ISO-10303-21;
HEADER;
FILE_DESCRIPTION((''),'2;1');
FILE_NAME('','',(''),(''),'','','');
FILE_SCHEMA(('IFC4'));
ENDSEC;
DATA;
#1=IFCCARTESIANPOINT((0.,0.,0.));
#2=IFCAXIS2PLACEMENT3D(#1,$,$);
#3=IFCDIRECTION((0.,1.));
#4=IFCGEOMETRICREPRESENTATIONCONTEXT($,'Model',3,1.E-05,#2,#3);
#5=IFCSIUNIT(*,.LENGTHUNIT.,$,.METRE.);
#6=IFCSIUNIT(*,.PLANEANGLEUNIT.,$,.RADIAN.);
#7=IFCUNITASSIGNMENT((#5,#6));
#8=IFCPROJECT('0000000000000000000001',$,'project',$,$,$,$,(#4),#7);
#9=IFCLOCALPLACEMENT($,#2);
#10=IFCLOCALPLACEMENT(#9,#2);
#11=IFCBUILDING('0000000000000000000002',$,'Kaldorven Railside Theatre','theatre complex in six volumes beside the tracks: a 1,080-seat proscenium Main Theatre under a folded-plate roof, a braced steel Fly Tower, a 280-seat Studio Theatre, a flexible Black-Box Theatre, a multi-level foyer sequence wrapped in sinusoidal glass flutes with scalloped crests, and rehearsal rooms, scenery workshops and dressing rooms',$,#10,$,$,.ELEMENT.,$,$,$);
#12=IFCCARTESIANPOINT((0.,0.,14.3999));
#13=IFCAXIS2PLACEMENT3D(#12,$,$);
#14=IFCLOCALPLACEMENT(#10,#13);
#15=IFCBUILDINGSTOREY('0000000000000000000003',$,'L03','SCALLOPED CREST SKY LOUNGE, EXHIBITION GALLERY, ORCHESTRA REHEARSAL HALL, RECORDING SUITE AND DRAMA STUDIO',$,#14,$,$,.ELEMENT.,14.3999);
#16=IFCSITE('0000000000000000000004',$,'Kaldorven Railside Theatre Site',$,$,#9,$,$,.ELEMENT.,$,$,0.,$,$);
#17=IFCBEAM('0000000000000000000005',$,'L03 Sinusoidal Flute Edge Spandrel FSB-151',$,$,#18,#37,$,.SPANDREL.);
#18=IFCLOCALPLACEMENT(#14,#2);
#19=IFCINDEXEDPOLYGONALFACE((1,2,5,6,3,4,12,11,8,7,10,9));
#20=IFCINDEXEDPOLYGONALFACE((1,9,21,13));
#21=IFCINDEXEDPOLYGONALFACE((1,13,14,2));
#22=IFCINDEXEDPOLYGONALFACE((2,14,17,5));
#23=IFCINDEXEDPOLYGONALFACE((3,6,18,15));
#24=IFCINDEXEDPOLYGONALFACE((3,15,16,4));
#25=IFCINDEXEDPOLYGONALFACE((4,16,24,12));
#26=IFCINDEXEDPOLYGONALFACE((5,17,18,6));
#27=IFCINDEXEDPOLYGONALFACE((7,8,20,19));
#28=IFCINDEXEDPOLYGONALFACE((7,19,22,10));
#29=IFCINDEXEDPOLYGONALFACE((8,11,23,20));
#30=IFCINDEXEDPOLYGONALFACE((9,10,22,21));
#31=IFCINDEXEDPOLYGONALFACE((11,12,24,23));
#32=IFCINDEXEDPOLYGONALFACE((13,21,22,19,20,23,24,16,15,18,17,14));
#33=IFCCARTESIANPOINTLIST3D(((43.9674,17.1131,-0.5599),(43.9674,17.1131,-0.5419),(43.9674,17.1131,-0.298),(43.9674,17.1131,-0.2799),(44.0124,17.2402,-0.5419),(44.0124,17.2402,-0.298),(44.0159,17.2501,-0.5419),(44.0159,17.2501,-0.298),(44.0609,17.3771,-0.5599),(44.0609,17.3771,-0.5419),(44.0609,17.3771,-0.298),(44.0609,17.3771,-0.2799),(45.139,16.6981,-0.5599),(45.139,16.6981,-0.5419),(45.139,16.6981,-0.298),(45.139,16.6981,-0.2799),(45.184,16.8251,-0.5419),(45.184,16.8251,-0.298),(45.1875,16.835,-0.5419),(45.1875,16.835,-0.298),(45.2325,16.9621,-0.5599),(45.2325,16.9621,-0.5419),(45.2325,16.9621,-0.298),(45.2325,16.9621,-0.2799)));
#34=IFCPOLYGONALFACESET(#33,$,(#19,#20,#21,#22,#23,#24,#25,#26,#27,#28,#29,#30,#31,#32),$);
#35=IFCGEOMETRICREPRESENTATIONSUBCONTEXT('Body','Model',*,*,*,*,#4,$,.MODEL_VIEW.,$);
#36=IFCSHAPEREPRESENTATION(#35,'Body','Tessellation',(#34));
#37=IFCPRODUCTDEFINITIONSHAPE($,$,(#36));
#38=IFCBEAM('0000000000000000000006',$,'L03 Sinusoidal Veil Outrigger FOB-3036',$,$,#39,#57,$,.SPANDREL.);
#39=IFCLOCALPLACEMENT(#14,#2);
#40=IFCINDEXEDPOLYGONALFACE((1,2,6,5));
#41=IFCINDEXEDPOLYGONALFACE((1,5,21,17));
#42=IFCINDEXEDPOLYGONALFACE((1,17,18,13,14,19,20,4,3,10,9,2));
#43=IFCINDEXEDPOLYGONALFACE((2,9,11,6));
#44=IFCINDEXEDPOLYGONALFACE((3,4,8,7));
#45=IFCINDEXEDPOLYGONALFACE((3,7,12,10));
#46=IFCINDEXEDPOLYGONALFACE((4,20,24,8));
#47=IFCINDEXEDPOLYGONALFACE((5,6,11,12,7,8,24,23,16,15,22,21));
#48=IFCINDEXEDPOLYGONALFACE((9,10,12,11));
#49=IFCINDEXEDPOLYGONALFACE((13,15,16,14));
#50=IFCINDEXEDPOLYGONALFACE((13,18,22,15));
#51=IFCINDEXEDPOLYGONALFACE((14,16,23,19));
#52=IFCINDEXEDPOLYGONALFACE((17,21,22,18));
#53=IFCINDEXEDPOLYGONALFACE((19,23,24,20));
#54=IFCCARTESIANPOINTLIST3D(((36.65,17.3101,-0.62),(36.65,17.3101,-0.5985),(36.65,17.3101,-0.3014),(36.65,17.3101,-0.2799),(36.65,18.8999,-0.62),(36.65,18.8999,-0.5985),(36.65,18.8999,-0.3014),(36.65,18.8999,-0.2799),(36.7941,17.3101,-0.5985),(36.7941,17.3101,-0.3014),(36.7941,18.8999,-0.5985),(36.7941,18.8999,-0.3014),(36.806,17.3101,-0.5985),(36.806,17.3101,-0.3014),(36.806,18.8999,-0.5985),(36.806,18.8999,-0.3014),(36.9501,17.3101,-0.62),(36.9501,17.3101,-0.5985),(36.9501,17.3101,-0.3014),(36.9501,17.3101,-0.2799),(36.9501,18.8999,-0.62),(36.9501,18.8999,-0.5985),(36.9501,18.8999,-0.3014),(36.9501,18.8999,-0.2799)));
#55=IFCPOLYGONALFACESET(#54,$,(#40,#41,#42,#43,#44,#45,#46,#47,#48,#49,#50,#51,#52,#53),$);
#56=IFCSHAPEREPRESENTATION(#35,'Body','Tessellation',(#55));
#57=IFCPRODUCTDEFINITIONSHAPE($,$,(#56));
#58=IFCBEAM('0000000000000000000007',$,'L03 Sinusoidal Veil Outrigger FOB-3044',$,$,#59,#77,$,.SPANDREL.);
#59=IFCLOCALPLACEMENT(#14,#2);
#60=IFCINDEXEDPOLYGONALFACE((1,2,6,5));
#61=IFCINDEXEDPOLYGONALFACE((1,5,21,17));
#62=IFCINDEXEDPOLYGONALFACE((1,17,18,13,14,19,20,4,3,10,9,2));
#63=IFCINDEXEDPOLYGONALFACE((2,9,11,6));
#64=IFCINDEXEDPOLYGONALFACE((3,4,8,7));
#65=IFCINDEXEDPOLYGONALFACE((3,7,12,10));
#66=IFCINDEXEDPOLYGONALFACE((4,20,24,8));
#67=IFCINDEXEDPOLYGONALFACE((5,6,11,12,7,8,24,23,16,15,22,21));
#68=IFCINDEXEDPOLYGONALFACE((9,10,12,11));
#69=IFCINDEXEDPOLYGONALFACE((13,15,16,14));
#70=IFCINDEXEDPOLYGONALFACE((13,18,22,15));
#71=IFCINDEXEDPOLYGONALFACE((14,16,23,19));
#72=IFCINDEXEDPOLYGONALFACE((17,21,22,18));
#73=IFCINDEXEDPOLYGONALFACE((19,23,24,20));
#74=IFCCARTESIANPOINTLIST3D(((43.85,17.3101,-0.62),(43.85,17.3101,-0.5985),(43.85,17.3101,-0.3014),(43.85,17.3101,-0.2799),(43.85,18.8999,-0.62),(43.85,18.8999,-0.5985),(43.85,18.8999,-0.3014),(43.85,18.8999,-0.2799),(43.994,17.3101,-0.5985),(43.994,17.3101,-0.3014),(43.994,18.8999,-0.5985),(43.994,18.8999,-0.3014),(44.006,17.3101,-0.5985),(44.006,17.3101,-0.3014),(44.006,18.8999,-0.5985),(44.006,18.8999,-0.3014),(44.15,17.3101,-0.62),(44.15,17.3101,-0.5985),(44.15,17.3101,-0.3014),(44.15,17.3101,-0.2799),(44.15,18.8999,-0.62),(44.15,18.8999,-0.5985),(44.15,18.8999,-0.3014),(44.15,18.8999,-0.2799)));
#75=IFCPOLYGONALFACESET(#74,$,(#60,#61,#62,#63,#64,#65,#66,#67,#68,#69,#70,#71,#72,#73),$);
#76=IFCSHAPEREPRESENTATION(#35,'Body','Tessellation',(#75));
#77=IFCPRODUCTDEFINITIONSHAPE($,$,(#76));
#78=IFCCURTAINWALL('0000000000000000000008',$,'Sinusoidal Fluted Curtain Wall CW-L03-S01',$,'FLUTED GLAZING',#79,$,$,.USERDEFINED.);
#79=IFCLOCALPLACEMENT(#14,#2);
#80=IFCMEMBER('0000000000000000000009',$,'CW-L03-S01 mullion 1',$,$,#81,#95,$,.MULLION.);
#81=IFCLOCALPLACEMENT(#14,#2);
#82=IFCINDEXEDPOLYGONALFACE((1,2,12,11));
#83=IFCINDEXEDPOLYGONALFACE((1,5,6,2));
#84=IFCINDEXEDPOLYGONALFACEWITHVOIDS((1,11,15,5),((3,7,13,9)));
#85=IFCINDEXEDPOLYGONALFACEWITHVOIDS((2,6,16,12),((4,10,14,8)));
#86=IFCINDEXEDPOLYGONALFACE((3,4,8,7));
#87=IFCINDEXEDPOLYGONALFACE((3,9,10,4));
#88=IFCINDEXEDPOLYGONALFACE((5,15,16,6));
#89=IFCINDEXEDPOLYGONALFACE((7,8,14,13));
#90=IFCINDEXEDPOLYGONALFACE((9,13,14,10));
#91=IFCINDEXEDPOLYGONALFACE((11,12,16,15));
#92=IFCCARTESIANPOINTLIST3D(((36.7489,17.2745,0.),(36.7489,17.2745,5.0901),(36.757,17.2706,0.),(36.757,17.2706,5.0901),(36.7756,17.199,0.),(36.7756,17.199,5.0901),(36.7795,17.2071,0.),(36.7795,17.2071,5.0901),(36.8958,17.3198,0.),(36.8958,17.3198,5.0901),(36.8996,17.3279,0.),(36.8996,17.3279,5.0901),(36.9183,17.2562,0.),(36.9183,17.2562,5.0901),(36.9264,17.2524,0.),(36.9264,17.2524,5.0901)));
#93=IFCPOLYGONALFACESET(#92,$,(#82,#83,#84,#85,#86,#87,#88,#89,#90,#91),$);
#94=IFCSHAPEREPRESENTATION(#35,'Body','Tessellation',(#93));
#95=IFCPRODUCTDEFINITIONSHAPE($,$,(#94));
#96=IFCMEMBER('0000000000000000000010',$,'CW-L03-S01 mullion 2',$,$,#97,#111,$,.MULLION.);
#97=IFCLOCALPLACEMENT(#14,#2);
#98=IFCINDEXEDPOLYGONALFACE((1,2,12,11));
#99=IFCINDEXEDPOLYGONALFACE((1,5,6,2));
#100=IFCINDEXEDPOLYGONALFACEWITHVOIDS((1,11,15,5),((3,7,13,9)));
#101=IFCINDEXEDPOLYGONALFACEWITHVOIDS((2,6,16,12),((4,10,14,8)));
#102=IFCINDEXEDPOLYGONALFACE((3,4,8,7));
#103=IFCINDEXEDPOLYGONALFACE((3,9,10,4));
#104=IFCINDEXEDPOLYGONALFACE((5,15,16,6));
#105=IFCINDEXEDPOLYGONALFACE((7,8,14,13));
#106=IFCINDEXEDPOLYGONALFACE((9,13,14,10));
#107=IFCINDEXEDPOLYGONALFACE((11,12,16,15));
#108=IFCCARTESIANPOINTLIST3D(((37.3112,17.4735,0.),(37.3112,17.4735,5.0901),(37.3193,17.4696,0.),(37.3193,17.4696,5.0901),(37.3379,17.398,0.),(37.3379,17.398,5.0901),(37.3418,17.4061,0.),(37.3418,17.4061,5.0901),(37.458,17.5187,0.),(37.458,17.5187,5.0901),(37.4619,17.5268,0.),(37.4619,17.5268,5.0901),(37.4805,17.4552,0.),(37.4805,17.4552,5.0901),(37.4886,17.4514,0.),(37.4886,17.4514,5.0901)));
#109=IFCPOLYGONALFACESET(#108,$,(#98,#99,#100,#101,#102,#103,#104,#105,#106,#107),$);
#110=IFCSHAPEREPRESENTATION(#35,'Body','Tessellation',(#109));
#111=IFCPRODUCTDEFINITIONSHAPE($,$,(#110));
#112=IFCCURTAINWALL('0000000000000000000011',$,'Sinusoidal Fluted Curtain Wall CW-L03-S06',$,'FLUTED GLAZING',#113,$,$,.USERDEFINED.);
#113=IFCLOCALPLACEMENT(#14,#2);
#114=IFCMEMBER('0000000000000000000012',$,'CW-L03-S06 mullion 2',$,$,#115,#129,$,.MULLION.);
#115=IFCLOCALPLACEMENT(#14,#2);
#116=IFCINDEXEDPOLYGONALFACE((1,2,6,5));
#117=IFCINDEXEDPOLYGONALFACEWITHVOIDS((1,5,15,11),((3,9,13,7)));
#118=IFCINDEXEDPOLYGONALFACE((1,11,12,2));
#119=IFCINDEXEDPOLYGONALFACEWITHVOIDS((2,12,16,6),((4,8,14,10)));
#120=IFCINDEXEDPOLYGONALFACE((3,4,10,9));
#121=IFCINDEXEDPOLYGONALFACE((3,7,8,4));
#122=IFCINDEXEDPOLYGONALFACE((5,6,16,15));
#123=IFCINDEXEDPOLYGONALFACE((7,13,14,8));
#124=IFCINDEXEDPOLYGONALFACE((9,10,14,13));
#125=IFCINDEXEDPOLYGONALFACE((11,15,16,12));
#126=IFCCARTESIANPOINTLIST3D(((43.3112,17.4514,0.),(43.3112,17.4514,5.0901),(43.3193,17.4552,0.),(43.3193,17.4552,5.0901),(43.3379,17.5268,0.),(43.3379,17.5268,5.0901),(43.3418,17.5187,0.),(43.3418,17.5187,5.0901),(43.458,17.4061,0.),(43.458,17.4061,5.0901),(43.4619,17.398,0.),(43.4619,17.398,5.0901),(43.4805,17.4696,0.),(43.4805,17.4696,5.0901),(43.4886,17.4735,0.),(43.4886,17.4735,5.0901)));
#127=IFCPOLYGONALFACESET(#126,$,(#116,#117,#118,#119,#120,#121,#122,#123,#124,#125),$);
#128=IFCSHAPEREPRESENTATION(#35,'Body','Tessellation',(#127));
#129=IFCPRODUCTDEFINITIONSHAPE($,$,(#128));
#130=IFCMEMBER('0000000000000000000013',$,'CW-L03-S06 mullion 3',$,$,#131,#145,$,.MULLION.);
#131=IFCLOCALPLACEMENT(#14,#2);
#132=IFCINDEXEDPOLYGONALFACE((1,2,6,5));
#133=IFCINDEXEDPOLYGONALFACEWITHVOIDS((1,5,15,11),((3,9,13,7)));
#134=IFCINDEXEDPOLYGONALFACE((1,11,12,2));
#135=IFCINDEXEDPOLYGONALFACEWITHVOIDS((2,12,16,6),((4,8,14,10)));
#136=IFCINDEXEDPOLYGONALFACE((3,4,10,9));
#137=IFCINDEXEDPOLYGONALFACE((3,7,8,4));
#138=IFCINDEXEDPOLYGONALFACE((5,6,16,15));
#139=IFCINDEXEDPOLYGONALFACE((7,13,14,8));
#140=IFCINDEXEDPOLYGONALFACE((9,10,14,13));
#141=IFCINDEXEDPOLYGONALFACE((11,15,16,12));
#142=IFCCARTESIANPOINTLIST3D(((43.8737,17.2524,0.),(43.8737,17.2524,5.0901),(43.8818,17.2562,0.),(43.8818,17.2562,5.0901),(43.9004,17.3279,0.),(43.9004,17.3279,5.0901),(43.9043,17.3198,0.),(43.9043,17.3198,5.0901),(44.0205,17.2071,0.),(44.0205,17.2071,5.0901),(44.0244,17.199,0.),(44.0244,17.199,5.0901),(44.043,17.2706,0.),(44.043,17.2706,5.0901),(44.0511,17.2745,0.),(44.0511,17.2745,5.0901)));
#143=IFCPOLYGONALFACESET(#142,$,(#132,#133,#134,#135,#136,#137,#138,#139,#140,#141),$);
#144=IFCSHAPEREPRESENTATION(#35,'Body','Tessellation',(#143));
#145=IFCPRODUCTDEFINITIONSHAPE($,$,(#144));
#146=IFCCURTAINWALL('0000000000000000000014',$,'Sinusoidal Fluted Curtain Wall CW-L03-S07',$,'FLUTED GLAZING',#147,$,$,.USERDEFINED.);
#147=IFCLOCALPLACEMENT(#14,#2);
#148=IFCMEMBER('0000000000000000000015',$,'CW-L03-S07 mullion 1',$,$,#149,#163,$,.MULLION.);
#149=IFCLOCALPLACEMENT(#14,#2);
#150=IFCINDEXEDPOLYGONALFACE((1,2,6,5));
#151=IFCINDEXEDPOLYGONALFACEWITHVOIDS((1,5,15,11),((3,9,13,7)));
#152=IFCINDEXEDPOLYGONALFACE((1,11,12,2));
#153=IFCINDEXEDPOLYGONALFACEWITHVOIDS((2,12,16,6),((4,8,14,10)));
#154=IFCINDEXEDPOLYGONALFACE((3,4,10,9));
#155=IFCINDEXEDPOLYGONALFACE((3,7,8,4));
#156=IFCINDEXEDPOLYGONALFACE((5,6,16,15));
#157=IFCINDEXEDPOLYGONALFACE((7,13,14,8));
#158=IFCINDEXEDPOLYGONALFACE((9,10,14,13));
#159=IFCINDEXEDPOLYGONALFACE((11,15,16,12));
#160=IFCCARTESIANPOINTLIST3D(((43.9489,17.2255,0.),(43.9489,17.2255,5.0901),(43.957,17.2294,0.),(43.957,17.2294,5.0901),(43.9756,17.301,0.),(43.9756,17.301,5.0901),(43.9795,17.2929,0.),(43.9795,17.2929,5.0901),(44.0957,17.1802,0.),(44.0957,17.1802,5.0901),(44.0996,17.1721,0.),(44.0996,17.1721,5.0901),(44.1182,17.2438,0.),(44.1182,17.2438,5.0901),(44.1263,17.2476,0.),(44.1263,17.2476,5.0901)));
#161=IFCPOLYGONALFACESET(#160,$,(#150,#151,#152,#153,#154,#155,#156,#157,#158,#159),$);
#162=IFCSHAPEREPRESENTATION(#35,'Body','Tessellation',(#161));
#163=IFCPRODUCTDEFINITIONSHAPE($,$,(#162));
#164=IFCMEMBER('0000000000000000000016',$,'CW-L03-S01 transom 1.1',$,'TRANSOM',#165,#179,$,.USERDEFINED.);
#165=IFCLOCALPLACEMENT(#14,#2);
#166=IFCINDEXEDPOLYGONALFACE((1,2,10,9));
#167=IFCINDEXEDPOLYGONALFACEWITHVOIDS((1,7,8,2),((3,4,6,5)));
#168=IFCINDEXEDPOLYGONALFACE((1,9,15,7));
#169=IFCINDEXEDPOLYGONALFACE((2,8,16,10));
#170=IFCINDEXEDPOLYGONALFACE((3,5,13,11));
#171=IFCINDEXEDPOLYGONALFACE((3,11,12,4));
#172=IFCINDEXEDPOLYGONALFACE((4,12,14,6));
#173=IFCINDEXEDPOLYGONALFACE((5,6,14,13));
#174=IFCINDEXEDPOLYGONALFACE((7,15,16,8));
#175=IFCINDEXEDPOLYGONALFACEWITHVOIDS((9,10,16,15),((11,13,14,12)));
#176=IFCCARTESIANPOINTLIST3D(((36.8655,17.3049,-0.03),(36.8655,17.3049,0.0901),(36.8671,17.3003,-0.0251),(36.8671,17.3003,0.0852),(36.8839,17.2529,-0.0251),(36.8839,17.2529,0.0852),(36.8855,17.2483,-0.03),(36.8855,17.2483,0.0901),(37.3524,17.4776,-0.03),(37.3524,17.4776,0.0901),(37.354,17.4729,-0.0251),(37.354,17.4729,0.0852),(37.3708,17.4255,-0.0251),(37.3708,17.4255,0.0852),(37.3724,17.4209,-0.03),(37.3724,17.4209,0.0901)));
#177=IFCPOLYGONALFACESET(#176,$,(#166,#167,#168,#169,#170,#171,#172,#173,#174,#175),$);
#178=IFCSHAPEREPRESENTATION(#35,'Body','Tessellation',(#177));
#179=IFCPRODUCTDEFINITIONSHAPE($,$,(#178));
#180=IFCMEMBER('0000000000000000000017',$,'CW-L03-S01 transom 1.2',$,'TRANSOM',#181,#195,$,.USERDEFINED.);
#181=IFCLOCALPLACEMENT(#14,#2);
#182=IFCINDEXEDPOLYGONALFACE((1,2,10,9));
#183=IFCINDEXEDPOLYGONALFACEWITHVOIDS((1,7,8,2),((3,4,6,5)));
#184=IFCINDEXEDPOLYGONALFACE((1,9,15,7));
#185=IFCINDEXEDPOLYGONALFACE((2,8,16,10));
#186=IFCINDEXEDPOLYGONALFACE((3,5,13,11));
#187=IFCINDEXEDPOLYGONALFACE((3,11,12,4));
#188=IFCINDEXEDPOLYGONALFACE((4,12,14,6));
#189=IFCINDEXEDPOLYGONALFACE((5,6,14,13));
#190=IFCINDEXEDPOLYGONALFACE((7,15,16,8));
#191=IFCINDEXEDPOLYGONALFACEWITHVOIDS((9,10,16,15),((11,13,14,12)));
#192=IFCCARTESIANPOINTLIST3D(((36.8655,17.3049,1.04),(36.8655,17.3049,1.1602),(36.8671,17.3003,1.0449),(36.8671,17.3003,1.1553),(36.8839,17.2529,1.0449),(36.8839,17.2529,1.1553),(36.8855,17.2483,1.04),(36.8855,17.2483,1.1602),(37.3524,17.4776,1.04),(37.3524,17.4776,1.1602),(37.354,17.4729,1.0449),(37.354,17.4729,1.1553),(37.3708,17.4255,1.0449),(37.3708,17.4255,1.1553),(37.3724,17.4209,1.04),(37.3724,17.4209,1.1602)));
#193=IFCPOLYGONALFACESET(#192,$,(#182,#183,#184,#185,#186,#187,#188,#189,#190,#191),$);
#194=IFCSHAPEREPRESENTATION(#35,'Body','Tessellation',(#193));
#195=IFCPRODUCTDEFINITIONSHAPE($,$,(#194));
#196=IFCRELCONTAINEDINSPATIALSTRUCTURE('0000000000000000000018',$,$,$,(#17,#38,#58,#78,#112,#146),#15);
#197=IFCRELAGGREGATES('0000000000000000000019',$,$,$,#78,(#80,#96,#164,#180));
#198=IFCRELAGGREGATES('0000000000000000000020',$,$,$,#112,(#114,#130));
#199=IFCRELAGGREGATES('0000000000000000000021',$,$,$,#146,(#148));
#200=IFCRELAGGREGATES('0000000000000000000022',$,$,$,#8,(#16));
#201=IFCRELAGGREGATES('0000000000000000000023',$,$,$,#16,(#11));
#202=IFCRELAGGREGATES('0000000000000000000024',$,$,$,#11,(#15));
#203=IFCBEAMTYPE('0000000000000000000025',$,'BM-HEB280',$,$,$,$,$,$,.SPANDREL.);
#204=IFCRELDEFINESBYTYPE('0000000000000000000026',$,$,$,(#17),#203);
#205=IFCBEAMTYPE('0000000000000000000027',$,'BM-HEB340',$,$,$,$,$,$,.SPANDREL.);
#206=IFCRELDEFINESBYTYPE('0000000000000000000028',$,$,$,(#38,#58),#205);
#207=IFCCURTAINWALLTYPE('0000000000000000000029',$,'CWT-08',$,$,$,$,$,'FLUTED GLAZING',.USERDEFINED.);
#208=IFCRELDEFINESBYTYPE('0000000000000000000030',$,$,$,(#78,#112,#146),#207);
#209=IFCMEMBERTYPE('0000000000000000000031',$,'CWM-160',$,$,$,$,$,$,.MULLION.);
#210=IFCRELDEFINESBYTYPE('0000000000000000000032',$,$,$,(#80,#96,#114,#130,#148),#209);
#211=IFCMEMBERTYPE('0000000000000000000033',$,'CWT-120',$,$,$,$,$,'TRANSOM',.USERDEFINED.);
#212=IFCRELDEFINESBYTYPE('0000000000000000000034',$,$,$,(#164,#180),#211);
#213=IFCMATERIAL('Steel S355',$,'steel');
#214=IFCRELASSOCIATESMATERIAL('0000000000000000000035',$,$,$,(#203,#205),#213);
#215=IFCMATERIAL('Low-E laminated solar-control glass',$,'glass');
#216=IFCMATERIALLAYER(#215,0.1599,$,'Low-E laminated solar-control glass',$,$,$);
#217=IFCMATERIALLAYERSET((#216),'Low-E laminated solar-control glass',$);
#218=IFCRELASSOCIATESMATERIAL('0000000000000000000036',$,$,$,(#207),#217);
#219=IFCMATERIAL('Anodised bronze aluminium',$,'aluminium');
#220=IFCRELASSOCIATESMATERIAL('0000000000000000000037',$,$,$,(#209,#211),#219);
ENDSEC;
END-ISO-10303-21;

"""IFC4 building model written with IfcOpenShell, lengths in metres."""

from ifc_helpers import new_model, si_unit, direction, frame, origin, origin_2d, place, context, subcontext, project, spatial, hollow_rectangle, i_section, extrude, material, layer, layer_set, material_profile, profile_set, type_object, element, aggregate, save


model = new_model("IFC4")

# Units and contexts
model_context = context("Model", 3, precision=1e-05, world=origin(), true_north=direction((0.0, 1.0)))
body_context = subcontext(model_context, "Body", "Model", "MODEL_VIEW")
ifc_project = project(units=[si_unit("LENGTHUNIT", "METRE"), si_unit("PLANEANGLEUNIT", "RADIAN")], contexts=[model_context])

# Site, building, storey
site_placement = place(None, origin())
site = spatial("IfcSite", under=ifc_project, at=site_placement, Name="Kaldorven Railside Theatre Site", CompositionType="ELEMENT", RefElevation=0.0)
building_placement = place(site_placement, origin())
building = spatial("IfcBuilding", under=site, at=building_placement, Name="Kaldorven Railside Theatre", Description="theatre complex in six volumes beside the tracks: a 1,080-seat proscenium Main Theatre under a folded-plate roof, a braced steel Fly Tower, a 280-seat Studio Theatre, a flexible Black-Box Theatre, a multi-level foyer sequence wrapped in sinusoidal glass flutes with scalloped crests, and rehearsal rooms, scenery workshops and dressing rooms", CompositionType="ELEMENT")
storey_placement = place(building_placement, frame((0.0, 0.0, 14.3999)))
storey = spatial("IfcBuildingStorey", under=building, at=storey_placement, Name="L03", Description="SCALLOPED CREST SKY LOUNGE, EXHIBITION GALLERY, ORCHESTRA REHEARSAL HALL, RECORDING SUITE AND DRAMA STUDIO", CompositionType="ELEMENT", Elevation=14.3999)

# Beams
ifc_material_1 = material(Name="Steel S355", Category="steel")
ifc_material_profile_1 = material_profile(ifc_material_1, i_section(OverallWidth=0.28, OverallDepth=0.28, WebThickness=0.0105, FlangeThickness=0.0181, at=origin_2d()), Name="HEB 280")
ifc_profile_set_1 = profile_set([ifc_material_profile_1], Name="Steel S355")
beam_type_1 = type_object("IfcBeamType", Name="BM-HEB280", PredefinedType="SPANDREL", material=ifc_profile_set_1)
beam_1_placement = place(storey_placement, frame((44.0142, 17.2451, -0.4199), z_axis=(0.942605, -0.333909, 0.0), x_axis=(0.333909, 0.942605, 0.0)))
element("IfcBeam", 1, at=beam_1_placement, inside=storey, type_object=beam_type_1, Name="L03 Sinusoidal Flute Edge Spandrel FSB-151", PredefinedType="SPANDREL", context=body_context, shape_type="SweptSolid", body=[
    extrude(i_section(OverallWidth=0.28, OverallDepth=0.28, WebThickness=0.0105, FlangeThickness=0.0181, at=origin_2d()), origin(), (0.0, 0.0, 1.0), 1.2429),
])
ifc_material_profile_2 = material_profile(ifc_material_1, i_section(OverallWidth=0.3, OverallDepth=0.3401, WebThickness=0.012, FlangeThickness=0.0215, at=origin_2d()), Name="HEB 340")
ifc_profile_set_2 = profile_set([ifc_material_profile_2], Name="Steel S355")
beam_type_2 = type_object("IfcBeamType", Name="BM-HEB340", PredefinedType="SPANDREL", material=ifc_profile_set_2)
for number, where, z_axis, x_axis, name in (
    (2, (36.8, 17.3101, -0.45), (0.0, 1.0, 0.0), (-1.0, 0.0, 0.0), "L03 Sinusoidal Veil Outrigger FOB-3036"),
    (3, (44.0, 17.3101, -0.45), (0.0, 1.0, 0.0), (-1.0, 0.0, 0.0), "L03 Sinusoidal Veil Outrigger FOB-3044"),
):
    element("IfcBeam", number, at=place(storey_placement, frame(where, z_axis=z_axis, x_axis=x_axis)), inside=storey, type_object=beam_type_2, Name=name, PredefinedType="SPANDREL", context=body_context, shape_type="SweptSolid", body=[
        extrude(i_section(OverallWidth=0.3, OverallDepth=0.3401, WebThickness=0.012, FlangeThickness=0.0215, at=origin_2d()), origin(), (0.0, 0.0, 1.0), 1.5898),
    ])

# Curtain walls, members
ifc_material_2 = material(Name="Low-E laminated solar-control glass", Category="glass")
ifc_layer_1 = layer(ifc_material_2, 0.1599, Name="Low-E laminated solar-control glass")
ifc_layer_set_1 = layer_set([ifc_layer_1], Name="Low-E laminated solar-control glass")
curtain_wall_type = type_object("IfcCurtainWallType", Name="CWT-08", ElementType="FLUTED GLAZING", PredefinedType="USERDEFINED", material=ifc_layer_set_1)
curtain_wall_1_placement = place(storey_placement, origin())
curtain_wall_1 = element("IfcCurtainWall", 4, at=curtain_wall_1_placement, inside=storey, type_object=curtain_wall_type, Name="Sinusoidal Fluted Curtain Wall CW-L03-S01", ObjectType="FLUTED GLAZING", PredefinedType="USERDEFINED")
ifc_material_3 = material(Name="Anodised bronze aluminium", Category="aluminium")
ifc_material_profile_3 = material_profile(ifc_material_3, hollow_rectangle(XDim=0.0801, YDim=0.1599, WallThickness=0.0063, at=origin_2d()), Name="RHS 160x80x6.3")
ifc_profile_set_3 = profile_set([ifc_material_profile_3], Name="Anodised bronze aluminium")
member_type_1 = type_object("IfcMemberType", Name="CWM-160", PredefinedType="MULLION", material=ifc_profile_set_3)
member_1_placement = place(storey_placement, frame((36.8376, 17.2634, 0.0), z_axis=(0.0, 0.0, 1.0), x_axis=(-0.333847, 0.942627, 0.0)))
member_1 = element("IfcMember", 5, at=member_1_placement, type_object=member_type_1, Name="CW-L03-S01 mullion 1", PredefinedType="MULLION", context=body_context, shape_type="SweptSolid", body=[
    extrude(hollow_rectangle(XDim=0.0801, YDim=0.1599, WallThickness=0.0063, at=origin_2d()), origin(), (0.0, 0.0, 1.0), 5.0901),
])
member_2_placement = place(storey_placement, frame((37.3999, 17.4624, 0.0), z_axis=(0.0, 0.0, 1.0), x_axis=(-0.333847, 0.942627, 0.0)))
member_2 = element("IfcMember", 6, at=member_2_placement, type_object=member_type_1, Name="CW-L03-S01 mullion 2", PredefinedType="MULLION", context=body_context, shape_type="SweptSolid", body=[
    extrude(hollow_rectangle(XDim=0.0801, YDim=0.1599, WallThickness=0.0063, at=origin_2d()), origin(), (0.0, 0.0, 1.0), 5.0901),
])
curtain_wall_2_placement = place(storey_placement, origin())
curtain_wall_2 = element("IfcCurtainWall", 7, at=curtain_wall_2_placement, inside=storey, type_object=curtain_wall_type, Name="Sinusoidal Fluted Curtain Wall CW-L03-S06", ObjectType="FLUTED GLAZING", PredefinedType="USERDEFINED")
member_3_placement = place(storey_placement, frame((43.3999, 17.4624, 0.0), z_axis=(0.0, 0.0, 1.0), x_axis=(0.333847, 0.942627, 0.0)))
member_3 = element("IfcMember", 8, at=member_3_placement, type_object=member_type_1, Name="CW-L03-S06 mullion 2", PredefinedType="MULLION", context=body_context, shape_type="SweptSolid", body=[
    extrude(hollow_rectangle(XDim=0.0801, YDim=0.1599, WallThickness=0.0063, at=origin_2d()), origin(), (0.0, 0.0, 1.0), 5.0901),
])
member_4_placement = place(storey_placement, frame((43.9624, 17.2634, 0.0), z_axis=(0.0, 0.0, 1.0), x_axis=(0.333847, 0.942627, 0.0)))
member_4 = element("IfcMember", 9, at=member_4_placement, type_object=member_type_1, Name="CW-L03-S06 mullion 3", PredefinedType="MULLION", context=body_context, shape_type="SweptSolid", body=[
    extrude(hollow_rectangle(XDim=0.0801, YDim=0.1599, WallThickness=0.0063, at=origin_2d()), origin(), (0.0, 0.0, 1.0), 5.0901),
])

# Curtain wall, member
curtain_wall_3_placement = place(storey_placement, origin())
curtain_wall_3 = element("IfcCurtainWall", 10, at=curtain_wall_3_placement, inside=storey, type_object=curtain_wall_type, Name="Sinusoidal Fluted Curtain Wall CW-L03-S07", ObjectType="FLUTED GLAZING", PredefinedType="USERDEFINED")
member_5_placement = place(storey_placement, frame((44.0376, 17.2366, 0.0), z_axis=(0.0, 0.0, 1.0), x_axis=(0.333847, 0.942627, 0.0)))
member_5 = element("IfcMember", 11, at=member_5_placement, type_object=member_type_1, Name="CW-L03-S07 mullion 1", PredefinedType="MULLION", context=body_context, shape_type="SweptSolid", body=[
    extrude(hollow_rectangle(XDim=0.0801, YDim=0.1599, WallThickness=0.0063, at=origin_2d()), origin(), (0.0, 0.0, 1.0), 5.0901),
])

# Members
ifc_material_profile_4 = material_profile(ifc_material_3, hollow_rectangle(XDim=0.0601, YDim=0.1201, WallThickness=0.0049, at=origin_2d()), Name="RHS 120x60x5")
ifc_profile_set_4 = profile_set([ifc_material_profile_4], Name="Anodised bronze aluminium")
member_type_2 = type_object("IfcMemberType", Name="CWT-120", ElementType="TRANSOM", PredefinedType="USERDEFINED", material=ifc_profile_set_4)
member_6_placement = place(storey_placement, frame((36.8755, 17.2766, 0.03), z_axis=(0.942509, 0.33418, 0.0), x_axis=(-0.33418, 0.942509, 0.0)))
member_6 = element("IfcMember", 12, at=member_6_placement, type_object=member_type_2, Name="CW-L03-S01 transom 1.1", ObjectType="TRANSOM", PredefinedType="USERDEFINED", context=body_context, shape_type="SweptSolid", body=[
    extrude(hollow_rectangle(XDim=0.0601, YDim=0.1201, WallThickness=0.0049, at=origin_2d()), origin(), (0.0, 0.0, 1.0), 0.5166),
])
member_7_placement = place(storey_placement, frame((36.8755, 17.2766, 1.1001), z_axis=(0.942509, 0.33418, 0.0), x_axis=(-0.33418, 0.942509, 0.0)))
member_7 = element("IfcMember", 13, at=member_7_placement, type_object=member_type_2, Name="CW-L03-S01 transom 1.2", ObjectType="TRANSOM", PredefinedType="USERDEFINED", context=body_context, shape_type="SweptSolid", body=[
    extrude(hollow_rectangle(XDim=0.0601, YDim=0.1201, WallThickness=0.0049, at=origin_2d()), origin(), (0.0, 0.0, 1.0), 0.5166),
])

aggregate(curtain_wall_1, [member_1, member_2, member_6, member_7])
aggregate(curtain_wall_2, [member_3, member_4])
aggregate(curtain_wall_3, [member_5])

save(model, "model.ifc")
